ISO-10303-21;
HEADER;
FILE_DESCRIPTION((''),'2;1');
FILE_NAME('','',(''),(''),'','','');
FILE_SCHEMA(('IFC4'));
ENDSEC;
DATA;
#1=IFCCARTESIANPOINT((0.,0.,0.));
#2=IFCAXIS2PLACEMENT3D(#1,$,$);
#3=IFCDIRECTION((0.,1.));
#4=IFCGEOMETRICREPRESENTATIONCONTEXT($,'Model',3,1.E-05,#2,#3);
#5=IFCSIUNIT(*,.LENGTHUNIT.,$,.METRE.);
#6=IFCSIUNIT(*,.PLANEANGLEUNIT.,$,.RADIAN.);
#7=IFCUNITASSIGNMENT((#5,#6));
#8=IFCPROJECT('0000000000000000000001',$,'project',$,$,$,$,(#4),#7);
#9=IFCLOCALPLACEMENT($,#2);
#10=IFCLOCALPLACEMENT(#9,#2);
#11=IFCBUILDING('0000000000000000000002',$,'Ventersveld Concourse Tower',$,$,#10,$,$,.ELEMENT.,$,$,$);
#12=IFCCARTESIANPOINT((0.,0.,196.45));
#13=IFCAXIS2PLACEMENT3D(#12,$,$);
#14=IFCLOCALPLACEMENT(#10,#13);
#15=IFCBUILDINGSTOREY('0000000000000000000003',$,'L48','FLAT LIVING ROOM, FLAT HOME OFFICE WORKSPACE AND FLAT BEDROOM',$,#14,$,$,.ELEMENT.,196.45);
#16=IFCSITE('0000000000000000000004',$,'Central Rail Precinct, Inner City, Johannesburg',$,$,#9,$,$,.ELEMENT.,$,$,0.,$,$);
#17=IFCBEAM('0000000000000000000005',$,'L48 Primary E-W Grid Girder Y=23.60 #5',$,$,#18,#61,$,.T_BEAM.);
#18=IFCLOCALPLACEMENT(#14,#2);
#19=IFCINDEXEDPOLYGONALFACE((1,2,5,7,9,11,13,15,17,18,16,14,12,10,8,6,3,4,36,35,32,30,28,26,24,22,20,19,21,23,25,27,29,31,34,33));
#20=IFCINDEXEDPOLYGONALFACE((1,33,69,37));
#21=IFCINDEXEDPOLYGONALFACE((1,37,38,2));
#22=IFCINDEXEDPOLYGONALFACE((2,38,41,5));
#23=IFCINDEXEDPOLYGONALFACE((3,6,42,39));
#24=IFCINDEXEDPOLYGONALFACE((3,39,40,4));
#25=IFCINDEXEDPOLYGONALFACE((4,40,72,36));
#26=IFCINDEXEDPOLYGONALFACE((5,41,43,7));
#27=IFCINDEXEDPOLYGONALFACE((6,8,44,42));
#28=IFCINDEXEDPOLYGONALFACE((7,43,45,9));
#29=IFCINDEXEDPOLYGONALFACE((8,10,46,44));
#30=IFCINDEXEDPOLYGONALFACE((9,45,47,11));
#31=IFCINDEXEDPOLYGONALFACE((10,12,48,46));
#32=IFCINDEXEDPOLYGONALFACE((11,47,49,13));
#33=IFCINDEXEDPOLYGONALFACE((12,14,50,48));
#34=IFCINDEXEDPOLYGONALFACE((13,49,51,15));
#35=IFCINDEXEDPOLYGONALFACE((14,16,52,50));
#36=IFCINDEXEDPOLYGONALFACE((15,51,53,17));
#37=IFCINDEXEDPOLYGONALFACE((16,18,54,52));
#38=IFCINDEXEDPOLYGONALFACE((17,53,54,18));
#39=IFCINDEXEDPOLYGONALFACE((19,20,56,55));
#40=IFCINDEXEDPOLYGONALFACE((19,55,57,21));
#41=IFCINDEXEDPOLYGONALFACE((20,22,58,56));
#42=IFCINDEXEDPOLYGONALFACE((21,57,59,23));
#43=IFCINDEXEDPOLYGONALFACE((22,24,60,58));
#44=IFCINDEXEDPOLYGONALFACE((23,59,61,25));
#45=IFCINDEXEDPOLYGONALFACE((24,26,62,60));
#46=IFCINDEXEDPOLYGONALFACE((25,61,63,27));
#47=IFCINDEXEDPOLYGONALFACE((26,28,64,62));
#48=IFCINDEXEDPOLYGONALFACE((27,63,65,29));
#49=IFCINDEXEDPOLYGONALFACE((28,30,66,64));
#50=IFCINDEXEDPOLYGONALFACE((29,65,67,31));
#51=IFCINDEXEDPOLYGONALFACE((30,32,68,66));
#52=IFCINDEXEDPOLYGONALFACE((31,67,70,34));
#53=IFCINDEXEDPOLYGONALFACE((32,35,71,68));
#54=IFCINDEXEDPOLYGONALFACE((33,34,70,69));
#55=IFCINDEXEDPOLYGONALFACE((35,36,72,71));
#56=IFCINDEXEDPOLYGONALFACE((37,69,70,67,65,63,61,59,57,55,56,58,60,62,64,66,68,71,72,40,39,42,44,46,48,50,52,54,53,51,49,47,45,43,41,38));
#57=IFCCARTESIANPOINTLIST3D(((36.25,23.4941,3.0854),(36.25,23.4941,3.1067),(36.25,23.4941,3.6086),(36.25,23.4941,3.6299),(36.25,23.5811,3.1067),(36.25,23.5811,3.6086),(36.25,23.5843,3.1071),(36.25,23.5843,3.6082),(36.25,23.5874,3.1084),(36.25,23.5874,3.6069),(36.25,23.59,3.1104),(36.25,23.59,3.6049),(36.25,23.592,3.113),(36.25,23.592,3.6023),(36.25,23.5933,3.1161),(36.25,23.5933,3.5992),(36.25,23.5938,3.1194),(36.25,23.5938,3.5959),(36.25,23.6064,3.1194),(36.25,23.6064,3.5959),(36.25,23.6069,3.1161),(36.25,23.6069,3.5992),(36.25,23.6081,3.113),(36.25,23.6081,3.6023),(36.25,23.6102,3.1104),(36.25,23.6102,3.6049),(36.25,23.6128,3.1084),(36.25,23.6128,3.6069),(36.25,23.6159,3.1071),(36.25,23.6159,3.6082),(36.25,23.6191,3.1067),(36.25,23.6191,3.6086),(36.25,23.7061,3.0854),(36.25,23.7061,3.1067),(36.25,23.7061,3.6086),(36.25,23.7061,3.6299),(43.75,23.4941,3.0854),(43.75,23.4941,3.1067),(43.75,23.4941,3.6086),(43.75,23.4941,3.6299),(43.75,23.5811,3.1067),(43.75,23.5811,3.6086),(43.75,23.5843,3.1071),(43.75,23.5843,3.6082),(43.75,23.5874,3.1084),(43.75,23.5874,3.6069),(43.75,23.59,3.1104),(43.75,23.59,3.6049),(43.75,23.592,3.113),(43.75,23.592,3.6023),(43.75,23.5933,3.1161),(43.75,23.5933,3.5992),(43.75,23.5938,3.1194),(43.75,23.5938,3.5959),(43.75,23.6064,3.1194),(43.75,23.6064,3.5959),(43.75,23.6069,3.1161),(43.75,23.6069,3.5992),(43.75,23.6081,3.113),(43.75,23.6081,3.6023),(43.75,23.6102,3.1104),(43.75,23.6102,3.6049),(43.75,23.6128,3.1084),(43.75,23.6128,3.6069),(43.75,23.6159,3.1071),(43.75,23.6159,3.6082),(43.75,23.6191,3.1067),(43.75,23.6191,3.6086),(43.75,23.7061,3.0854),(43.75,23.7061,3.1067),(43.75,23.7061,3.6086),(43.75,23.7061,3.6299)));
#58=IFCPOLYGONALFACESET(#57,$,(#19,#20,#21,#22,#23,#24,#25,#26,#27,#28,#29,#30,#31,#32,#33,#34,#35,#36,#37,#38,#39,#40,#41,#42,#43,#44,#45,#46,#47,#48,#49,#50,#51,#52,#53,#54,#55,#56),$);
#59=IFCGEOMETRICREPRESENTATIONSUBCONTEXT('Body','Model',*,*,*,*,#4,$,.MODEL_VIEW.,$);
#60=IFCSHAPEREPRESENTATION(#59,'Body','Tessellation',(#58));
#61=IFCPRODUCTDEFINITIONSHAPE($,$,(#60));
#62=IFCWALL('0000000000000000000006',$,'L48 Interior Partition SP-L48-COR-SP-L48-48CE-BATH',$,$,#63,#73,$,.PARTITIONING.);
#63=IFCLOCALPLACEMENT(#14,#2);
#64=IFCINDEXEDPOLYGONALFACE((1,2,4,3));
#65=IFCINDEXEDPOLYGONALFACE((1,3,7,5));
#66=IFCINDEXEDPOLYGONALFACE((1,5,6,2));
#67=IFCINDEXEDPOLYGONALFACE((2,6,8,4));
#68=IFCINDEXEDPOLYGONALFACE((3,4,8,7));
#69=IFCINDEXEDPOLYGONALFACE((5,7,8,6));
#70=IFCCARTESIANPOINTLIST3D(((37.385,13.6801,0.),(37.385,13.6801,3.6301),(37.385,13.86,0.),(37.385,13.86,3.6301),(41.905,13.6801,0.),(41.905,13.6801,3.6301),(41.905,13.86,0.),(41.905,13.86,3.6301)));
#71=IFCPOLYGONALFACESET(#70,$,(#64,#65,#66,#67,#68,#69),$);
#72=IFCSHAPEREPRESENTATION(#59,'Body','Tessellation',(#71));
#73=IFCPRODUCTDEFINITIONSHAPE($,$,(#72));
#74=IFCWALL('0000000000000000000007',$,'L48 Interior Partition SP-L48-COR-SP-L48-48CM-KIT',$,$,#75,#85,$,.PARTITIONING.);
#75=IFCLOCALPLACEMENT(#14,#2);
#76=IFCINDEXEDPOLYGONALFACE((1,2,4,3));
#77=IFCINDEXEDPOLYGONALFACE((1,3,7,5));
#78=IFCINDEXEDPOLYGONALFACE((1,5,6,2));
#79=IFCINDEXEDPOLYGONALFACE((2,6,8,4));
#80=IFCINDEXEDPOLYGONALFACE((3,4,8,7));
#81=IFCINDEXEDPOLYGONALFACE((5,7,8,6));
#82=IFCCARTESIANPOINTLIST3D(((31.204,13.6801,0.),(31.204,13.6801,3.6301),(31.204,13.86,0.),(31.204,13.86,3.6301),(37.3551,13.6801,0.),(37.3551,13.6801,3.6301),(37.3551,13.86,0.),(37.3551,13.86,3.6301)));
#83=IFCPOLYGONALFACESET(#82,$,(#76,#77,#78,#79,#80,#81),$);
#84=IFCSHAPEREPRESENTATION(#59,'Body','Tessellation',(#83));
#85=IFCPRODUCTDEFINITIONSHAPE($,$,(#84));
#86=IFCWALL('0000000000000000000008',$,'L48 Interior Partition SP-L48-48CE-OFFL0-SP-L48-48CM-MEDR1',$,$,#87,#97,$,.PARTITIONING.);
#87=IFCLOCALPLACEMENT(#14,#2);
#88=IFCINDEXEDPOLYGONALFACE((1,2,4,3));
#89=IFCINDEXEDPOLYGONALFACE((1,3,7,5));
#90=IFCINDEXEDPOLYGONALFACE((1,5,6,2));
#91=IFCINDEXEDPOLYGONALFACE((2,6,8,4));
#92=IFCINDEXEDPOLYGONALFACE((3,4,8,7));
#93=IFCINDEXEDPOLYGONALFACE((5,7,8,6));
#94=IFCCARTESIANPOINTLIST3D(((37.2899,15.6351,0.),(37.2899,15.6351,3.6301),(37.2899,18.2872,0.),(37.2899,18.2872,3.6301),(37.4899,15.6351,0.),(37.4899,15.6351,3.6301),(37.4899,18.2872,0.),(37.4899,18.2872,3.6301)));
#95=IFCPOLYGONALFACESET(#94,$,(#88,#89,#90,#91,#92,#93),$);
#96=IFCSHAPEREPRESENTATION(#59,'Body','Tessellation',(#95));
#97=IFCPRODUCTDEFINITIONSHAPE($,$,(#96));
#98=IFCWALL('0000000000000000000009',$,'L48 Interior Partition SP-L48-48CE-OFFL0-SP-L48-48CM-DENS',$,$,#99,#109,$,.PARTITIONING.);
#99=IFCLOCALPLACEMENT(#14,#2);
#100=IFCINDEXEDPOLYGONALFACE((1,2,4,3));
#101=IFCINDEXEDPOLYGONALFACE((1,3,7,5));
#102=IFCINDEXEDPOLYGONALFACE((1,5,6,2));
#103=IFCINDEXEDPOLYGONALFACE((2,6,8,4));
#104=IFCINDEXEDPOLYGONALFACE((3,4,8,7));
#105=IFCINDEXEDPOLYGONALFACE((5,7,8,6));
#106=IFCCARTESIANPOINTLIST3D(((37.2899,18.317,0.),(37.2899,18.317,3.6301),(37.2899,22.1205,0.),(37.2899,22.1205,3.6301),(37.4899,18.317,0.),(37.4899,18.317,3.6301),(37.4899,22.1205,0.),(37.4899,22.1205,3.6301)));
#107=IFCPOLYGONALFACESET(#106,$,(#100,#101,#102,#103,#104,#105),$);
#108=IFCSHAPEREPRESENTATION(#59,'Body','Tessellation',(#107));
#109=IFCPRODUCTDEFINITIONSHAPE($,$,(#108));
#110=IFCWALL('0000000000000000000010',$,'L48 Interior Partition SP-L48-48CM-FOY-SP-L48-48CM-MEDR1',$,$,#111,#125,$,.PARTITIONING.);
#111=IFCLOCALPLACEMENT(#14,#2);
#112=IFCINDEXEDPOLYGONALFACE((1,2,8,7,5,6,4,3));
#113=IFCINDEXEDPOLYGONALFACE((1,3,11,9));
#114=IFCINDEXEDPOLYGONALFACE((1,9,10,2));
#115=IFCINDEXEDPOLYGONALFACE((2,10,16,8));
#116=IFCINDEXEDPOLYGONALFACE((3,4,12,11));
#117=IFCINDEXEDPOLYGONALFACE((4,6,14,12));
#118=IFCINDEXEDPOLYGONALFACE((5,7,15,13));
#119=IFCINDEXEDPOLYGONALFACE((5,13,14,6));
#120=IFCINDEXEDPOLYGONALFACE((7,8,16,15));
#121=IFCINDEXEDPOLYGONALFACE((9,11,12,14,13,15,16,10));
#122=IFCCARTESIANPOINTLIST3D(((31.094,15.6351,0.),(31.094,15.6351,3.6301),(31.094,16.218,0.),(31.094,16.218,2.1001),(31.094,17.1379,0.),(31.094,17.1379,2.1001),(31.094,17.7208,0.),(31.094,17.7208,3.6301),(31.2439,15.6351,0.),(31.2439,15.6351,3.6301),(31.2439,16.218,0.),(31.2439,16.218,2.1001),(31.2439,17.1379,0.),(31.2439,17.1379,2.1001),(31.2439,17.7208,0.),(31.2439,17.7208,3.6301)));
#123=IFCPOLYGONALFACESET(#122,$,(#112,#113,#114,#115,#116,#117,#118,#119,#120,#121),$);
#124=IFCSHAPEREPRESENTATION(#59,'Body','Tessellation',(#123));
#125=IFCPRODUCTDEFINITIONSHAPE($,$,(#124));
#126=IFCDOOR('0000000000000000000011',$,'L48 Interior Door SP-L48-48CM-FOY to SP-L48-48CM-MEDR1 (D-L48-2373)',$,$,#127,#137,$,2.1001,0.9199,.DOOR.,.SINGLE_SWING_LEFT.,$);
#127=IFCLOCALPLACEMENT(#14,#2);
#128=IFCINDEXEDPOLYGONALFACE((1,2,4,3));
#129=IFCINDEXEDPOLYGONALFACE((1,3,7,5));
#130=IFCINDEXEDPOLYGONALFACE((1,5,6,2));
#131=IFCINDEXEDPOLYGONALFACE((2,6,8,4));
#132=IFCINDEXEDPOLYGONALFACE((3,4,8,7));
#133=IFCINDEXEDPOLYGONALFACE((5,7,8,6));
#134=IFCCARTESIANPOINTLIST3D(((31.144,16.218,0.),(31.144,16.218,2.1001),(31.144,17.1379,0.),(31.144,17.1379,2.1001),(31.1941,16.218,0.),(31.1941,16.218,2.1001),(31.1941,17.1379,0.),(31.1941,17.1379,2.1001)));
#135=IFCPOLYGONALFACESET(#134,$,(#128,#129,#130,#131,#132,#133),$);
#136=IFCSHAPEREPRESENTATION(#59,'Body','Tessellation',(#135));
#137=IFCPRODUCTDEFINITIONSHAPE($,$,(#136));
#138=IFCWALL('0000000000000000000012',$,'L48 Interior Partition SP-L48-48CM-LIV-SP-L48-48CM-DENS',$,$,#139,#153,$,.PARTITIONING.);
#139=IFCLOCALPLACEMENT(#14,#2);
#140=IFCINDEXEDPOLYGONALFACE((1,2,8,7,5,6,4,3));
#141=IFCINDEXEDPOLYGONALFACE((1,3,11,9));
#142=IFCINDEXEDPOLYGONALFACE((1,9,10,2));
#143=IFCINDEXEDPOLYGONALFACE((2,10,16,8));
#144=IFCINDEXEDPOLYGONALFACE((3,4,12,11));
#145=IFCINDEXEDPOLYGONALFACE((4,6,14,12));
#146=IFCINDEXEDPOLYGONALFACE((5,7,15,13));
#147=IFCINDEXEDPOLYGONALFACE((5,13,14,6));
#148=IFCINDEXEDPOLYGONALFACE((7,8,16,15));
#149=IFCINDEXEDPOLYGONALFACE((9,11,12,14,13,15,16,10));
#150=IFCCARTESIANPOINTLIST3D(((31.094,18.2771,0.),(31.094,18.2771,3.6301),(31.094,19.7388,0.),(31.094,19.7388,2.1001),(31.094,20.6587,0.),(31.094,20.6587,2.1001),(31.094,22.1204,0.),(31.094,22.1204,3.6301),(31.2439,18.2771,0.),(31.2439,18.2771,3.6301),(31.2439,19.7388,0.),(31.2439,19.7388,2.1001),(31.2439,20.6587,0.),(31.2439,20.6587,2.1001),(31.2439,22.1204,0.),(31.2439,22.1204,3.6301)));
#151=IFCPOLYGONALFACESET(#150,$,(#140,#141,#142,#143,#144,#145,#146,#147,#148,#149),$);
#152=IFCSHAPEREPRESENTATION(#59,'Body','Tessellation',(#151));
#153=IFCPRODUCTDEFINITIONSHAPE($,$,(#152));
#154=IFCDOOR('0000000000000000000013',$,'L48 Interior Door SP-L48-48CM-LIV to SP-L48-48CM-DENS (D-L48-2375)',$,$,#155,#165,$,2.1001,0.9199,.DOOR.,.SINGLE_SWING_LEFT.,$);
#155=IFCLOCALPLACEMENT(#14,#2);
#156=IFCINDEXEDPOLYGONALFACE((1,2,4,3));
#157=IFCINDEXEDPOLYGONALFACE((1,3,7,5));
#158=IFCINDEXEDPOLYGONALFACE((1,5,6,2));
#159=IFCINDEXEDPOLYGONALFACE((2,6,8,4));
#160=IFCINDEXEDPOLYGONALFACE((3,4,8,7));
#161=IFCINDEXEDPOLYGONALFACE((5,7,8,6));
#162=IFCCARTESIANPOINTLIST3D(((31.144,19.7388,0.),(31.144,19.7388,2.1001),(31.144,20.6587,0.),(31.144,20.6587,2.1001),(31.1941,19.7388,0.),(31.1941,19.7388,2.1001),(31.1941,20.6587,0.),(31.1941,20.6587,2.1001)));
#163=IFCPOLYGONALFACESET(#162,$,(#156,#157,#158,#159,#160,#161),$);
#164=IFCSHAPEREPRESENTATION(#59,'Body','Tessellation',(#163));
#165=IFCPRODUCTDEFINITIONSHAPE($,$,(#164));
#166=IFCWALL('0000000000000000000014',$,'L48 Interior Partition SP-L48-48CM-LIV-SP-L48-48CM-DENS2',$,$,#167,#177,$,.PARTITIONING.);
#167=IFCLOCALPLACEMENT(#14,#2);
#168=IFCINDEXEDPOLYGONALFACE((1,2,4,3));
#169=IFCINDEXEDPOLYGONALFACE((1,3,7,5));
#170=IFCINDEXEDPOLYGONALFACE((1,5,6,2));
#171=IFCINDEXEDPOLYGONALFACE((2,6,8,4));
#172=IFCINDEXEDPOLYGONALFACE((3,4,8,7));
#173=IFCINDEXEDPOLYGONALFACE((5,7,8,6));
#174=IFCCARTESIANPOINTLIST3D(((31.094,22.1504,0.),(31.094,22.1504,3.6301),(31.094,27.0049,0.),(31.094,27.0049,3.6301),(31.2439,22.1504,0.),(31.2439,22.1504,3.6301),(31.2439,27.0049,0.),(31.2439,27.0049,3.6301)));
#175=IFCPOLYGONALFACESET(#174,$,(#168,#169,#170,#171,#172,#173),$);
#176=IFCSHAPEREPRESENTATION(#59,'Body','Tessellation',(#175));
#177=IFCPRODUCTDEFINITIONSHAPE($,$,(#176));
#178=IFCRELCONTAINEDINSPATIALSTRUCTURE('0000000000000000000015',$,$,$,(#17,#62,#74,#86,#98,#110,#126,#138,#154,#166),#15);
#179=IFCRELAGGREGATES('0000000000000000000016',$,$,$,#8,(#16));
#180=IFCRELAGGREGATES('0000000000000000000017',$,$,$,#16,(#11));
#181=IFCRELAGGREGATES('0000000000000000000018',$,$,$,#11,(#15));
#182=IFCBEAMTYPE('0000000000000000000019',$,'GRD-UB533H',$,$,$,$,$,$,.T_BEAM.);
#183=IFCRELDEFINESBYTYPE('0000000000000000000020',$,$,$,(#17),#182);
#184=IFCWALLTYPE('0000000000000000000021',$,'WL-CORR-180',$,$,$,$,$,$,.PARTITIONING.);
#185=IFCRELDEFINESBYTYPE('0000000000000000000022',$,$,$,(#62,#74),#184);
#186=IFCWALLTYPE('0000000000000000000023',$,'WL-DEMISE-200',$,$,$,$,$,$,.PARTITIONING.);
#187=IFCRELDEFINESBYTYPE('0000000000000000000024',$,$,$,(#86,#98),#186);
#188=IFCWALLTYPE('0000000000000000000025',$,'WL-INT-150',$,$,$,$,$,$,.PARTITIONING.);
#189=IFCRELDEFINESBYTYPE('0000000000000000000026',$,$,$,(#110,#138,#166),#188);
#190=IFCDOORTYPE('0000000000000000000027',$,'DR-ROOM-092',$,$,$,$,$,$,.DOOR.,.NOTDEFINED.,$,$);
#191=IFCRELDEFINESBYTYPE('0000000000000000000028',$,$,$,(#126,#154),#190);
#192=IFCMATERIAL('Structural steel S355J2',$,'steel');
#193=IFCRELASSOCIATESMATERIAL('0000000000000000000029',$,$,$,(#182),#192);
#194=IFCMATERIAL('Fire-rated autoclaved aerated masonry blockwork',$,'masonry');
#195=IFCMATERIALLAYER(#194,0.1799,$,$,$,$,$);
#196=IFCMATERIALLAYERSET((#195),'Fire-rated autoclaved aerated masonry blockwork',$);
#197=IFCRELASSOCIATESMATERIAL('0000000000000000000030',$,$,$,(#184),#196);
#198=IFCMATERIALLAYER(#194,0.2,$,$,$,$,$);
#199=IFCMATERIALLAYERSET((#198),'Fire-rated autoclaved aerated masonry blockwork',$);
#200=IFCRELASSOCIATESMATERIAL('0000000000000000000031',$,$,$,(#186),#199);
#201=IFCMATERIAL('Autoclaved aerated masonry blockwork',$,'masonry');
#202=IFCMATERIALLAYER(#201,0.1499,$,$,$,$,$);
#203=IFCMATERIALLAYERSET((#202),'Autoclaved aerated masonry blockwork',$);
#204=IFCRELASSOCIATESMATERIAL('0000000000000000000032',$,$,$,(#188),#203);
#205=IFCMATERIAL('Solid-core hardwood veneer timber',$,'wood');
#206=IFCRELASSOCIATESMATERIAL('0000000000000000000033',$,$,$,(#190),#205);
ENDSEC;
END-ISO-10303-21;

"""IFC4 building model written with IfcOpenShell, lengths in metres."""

from ifc_helpers import new_model, si_unit, direction, frame, frame_2d, origin, origin_2d, place, context, subcontext, project, spatial, rectangle, i_section, extrude, material, layer, layer_set, material_profile, profile_set, type_object, element, fill, save


model = new_model("IFC4")

# Units and contexts
model_context = context("Model", 3, precision=1e-05, world=origin(), true_north=direction((0.0, 1.0)))
body_context = subcontext(model_context, "Body", "Model", "MODEL_VIEW")
ifc_project = project(units=[si_unit("LENGTHUNIT", "METRE"), si_unit("PLANEANGLEUNIT", "RADIAN")], contexts=[model_context])

# Site, building, storey
site_placement = place(None, origin())
site = spatial("IfcSite", under=ifc_project, at=site_placement, Name="Central Rail Precinct, Inner City, Johannesburg", CompositionType="ELEMENT", RefElevation=0.0)
building_placement = place(site_placement, origin())
building = spatial("IfcBuilding", under=site, at=building_placement, Name="Ventersveld Concourse Tower", CompositionType="ELEMENT")
storey_placement = place(building_placement, frame((0.0, 0.0, 196.45)))
storey = spatial("IfcBuildingStorey", under=building, at=storey_placement, Name="L48", Description="FLAT LIVING ROOM, FLAT HOME OFFICE WORKSPACE AND FLAT BEDROOM", CompositionType="ELEMENT", Elevation=196.45)

# Beam
ifc_material_1 = material(Name="Structural steel S355J2", Category="steel")
ifc_material_profile_1 = material_profile(ifc_material_1, i_section(OverallWidth=0.2119, OverallDepth=0.5444, WebThickness=0.0127, FlangeThickness=0.0212, FilletRadius=0.0127, at=origin_2d()), Name="UB 533x210x122")
ifc_profile_set_1 = profile_set([ifc_material_profile_1], Name="Structural steel S355J2")
beam_type_1 = type_object("IfcBeamType", Name="GRD-UB533H", PredefinedType="T_BEAM", material=ifc_profile_set_1)
for number, where, z_axis, x_axis, name in (
    (1, (36.25, 23.6001, 3.3577), (1.0, 0.0, 0.0), (0.0, 1.0, 0.0), "L48 Primary E-W Grid Girder Y=23.60 #5"),
):
    element("IfcBeam", number, at=place(storey_placement, frame(where, z_axis=z_axis, x_axis=x_axis)), inside=storey, type_object=beam_type_1, Name=name, PredefinedType="T_BEAM", context=body_context, shape_type="SweptSolid", body=[
        extrude(i_section(OverallWidth=0.2119, OverallDepth=0.5444, WebThickness=0.0127, FlangeThickness=0.0212, FilletRadius=0.0127, at=origin_2d()), origin(), (0.0, 0.0, 1.0), 7.5),
    ])

# Walls
ifc_material_2 = material(Name="Fire-rated autoclaved aerated masonry blockwork", Category="masonry")
ifc_layer_1 = layer(ifc_material_2, 0.1799)
ifc_layer_set_1 = layer_set([ifc_layer_1], Name="Fire-rated autoclaved aerated masonry blockwork")
wall_type_1 = type_object("IfcWallType", Name="WL-CORR-180", PredefinedType="PARTITIONING", material=ifc_layer_set_1)
wall_1_placement = place(storey_placement, frame((37.385, 13.77, 0.0), z_axis=(0.0, 0.0, 1.0), x_axis=(1.0, 0.0, 0.0)))
element("IfcWall", 2, at=wall_1_placement, inside=storey, type_object=wall_type_1, Name="L48 Interior Partition SP-L48-COR-SP-L48-48CE-BATH", PredefinedType="PARTITIONING", context=body_context, shape_type="SweptSolid", body=[
    extrude(rectangle(XDim=4.52, YDim=0.1799, at=frame_2d((2.26, 0.0))), origin(), (0.0, 0.0, 1.0), 3.6301),
])
wall_2_placement = place(storey_placement, frame((31.2039, 13.77, 0.0), z_axis=(0.0, 0.0, 1.0), x_axis=(1.0, 0.0, 0.0)))
element("IfcWall", 3, at=wall_2_placement, inside=storey, type_object=wall_type_1, Name="L48 Interior Partition SP-L48-COR-SP-L48-48CM-KIT", PredefinedType="PARTITIONING", context=body_context, shape_type="SweptSolid", body=[
    extrude(rectangle(XDim=6.1511, YDim=0.1799, at=frame_2d((3.0757, 0.0))), origin(), (0.0, 0.0, 1.0), 3.6301),
])
ifc_layer_2 = layer(ifc_material_2, 0.2)
ifc_layer_set_2 = layer_set([ifc_layer_2], Name="Fire-rated autoclaved aerated masonry blockwork")
wall_type_2 = type_object("IfcWallType", Name="WL-DEMISE-200", PredefinedType="PARTITIONING", material=ifc_layer_set_2)
wall_3_placement = place(storey_placement, frame((37.3899, 15.635, 0.0), z_axis=(0.0, 0.0, 1.0), x_axis=(0.0, 1.0, 0.0)))
element("IfcWall", 4, at=wall_3_placement, inside=storey, type_object=wall_type_2, Name="L48 Interior Partition SP-L48-48CE-OFFL0-SP-L48-48CM-MEDR1", PredefinedType="PARTITIONING", context=body_context, shape_type="SweptSolid", body=[
    extrude(rectangle(XDim=2.6521, YDim=0.2, at=frame_2d((1.3262, 0.0))), origin(), (0.0, 0.0, 1.0), 3.6301),
])
wall_4_placement = place(storey_placement, frame((37.3899, 18.3169, 0.0), z_axis=(0.0, 0.0, 1.0), x_axis=(0.0, 1.0, 0.0)))
element("IfcWall", 5, at=wall_4_placement, inside=storey, type_object=wall_type_2, Name="L48 Interior Partition SP-L48-48CE-OFFL0-SP-L48-48CM-DENS", PredefinedType="PARTITIONING", context=body_context, shape_type="SweptSolid", body=[
    extrude(rectangle(XDim=3.8035, YDim=0.2, at=frame_2d((1.9019, 0.0))), origin(), (0.0, 0.0, 1.0), 3.6301),
])

# Walls, openings, doors
ifc_material_3 = material(Name="Autoclaved aerated masonry blockwork", Category="masonry")
ifc_layer_3 = layer(ifc_material_3, 0.1499)
ifc_layer_set_3 = layer_set([ifc_layer_3], Name="Autoclaved aerated masonry blockwork")
wall_type_3 = type_object("IfcWallType", Name="WL-INT-150", PredefinedType="PARTITIONING", material=ifc_layer_set_3)
wall_5_placement = place(storey_placement, frame((31.1689, 15.635, 0.0), z_axis=(0.0, 0.0, 1.0), x_axis=(0.0, 1.0, 0.0)))
wall_5 = element("IfcWall", 6, at=wall_5_placement, inside=storey, type_object=wall_type_3, Name="L48 Interior Partition SP-L48-48CM-FOY-SP-L48-48CM-MEDR1", PredefinedType="PARTITIONING", context=body_context, shape_type="SweptSolid", body=[
    extrude(rectangle(XDim=2.0857, YDim=0.1499, at=frame_2d((1.043, 0.0))), origin(), (0.0, 0.0, 1.0), 3.6301),
])
opening_1_placement = place(wall_5_placement, frame((0.583, 0.0, 0.0)))
opening_1 = element("IfcOpeningElement", 7, at=opening_1_placement, cuts=wall_5, PredefinedType="OPENING", context=body_context, shape_type="SweptSolid", body=[
    extrude(rectangle(XDim=0.9199, YDim=2.1001, at=frame_2d((0.46, 1.05))), frame((0.0, 0.085, 0.0), z_axis=(0.0, -1.0, 0.0), x_axis=(1.0, 0.0, 0.0)), (0.0, 0.0, 1.0), 0.1699),
])
ifc_material_4 = material(Name="Solid-core hardwood veneer timber", Category="wood")
door_type = type_object("IfcDoorType", Name="DR-ROOM-092", OperationType="NOTDEFINED", PredefinedType="DOOR", material=ifc_material_4)
door_1_placement = place(opening_1_placement, origin())
door_1 = element("IfcDoor", 8, at=door_1_placement, inside=storey, type_object=door_type, Name="L48 Interior Door SP-L48-48CM-FOY to SP-L48-48CM-MEDR1 (D-L48-2373)", OperationType="SINGLE_SWING_LEFT", OverallHeight=2.1001, OverallWidth=0.9199, PredefinedType="DOOR", context=body_context, shape_type="SweptSolid", body=[
    extrude(rectangle(XDim=0.9199, YDim=2.1001, at=frame_2d((0.46, 1.05))), frame((0.0, 0.0249, 0.0), z_axis=(0.0, -1.0, 0.0), x_axis=(1.0, 0.0, 0.0)), (0.0, 0.0, 1.0), 0.05),
])
fill(opening_1, door_1)
wall_6_placement = place(storey_placement, frame((31.1689, 18.2771, 0.0), z_axis=(0.0, 0.0, 1.0), x_axis=(0.0, 1.0, 0.0)))
wall_6 = element("IfcWall", 9, at=wall_6_placement, inside=storey, type_object=wall_type_3, Name="L48 Interior Partition SP-L48-48CM-LIV-SP-L48-48CM-DENS", PredefinedType="PARTITIONING", context=body_context, shape_type="SweptSolid", body=[
    extrude(rectangle(XDim=3.8433, YDim=0.1499, at=frame_2d((1.9216, 0.0))), origin(), (0.0, 0.0, 1.0), 3.6301),
])
opening_2_placement = place(wall_6_placement, frame((1.4617, 0.0, 0.0)))
opening_2 = element("IfcOpeningElement", 10, at=opening_2_placement, cuts=wall_6, PredefinedType="OPENING", context=body_context, shape_type="SweptSolid", body=[
    extrude(rectangle(XDim=0.9199, YDim=2.1001, at=frame_2d((0.46, 1.05))), frame((0.0, 0.085, 0.0), z_axis=(0.0, -1.0, 0.0), x_axis=(1.0, 0.0, 0.0)), (0.0, 0.0, 1.0), 0.1699),
])
door_2_placement = place(opening_2_placement, origin())
door_2 = element("IfcDoor", 11, at=door_2_placement, inside=storey, type_object=door_type, Name="L48 Interior Door SP-L48-48CM-LIV to SP-L48-48CM-DENS (D-L48-2375)", OperationType="SINGLE_SWING_LEFT", OverallHeight=2.1001, OverallWidth=0.9199, PredefinedType="DOOR", context=body_context, shape_type="SweptSolid", body=[
    extrude(rectangle(XDim=0.9199, YDim=2.1001, at=frame_2d((0.46, 1.05))), frame((0.0, 0.0249, 0.0), z_axis=(0.0, -1.0, 0.0), x_axis=(1.0, 0.0, 0.0)), (0.0, 0.0, 1.0), 0.05),
])
fill(opening_2, door_2)

# Wall
wall_7_placement = place(storey_placement, frame((31.1689, 22.1504, 0.0), z_axis=(0.0, 0.0, 1.0), x_axis=(0.0, 1.0, 0.0)))
element("IfcWall", 12, at=wall_7_placement, inside=storey, type_object=wall_type_3, Name="L48 Interior Partition SP-L48-48CM-LIV-SP-L48-48CM-DENS2", PredefinedType="PARTITIONING", context=body_context, shape_type="SweptSolid", body=[
    extrude(rectangle(XDim=4.8545, YDim=0.1499, at=frame_2d((2.4272, 0.0))), origin(), (0.0, 0.0, 1.0), 3.6301),
])

save(model, "model.ifc")
